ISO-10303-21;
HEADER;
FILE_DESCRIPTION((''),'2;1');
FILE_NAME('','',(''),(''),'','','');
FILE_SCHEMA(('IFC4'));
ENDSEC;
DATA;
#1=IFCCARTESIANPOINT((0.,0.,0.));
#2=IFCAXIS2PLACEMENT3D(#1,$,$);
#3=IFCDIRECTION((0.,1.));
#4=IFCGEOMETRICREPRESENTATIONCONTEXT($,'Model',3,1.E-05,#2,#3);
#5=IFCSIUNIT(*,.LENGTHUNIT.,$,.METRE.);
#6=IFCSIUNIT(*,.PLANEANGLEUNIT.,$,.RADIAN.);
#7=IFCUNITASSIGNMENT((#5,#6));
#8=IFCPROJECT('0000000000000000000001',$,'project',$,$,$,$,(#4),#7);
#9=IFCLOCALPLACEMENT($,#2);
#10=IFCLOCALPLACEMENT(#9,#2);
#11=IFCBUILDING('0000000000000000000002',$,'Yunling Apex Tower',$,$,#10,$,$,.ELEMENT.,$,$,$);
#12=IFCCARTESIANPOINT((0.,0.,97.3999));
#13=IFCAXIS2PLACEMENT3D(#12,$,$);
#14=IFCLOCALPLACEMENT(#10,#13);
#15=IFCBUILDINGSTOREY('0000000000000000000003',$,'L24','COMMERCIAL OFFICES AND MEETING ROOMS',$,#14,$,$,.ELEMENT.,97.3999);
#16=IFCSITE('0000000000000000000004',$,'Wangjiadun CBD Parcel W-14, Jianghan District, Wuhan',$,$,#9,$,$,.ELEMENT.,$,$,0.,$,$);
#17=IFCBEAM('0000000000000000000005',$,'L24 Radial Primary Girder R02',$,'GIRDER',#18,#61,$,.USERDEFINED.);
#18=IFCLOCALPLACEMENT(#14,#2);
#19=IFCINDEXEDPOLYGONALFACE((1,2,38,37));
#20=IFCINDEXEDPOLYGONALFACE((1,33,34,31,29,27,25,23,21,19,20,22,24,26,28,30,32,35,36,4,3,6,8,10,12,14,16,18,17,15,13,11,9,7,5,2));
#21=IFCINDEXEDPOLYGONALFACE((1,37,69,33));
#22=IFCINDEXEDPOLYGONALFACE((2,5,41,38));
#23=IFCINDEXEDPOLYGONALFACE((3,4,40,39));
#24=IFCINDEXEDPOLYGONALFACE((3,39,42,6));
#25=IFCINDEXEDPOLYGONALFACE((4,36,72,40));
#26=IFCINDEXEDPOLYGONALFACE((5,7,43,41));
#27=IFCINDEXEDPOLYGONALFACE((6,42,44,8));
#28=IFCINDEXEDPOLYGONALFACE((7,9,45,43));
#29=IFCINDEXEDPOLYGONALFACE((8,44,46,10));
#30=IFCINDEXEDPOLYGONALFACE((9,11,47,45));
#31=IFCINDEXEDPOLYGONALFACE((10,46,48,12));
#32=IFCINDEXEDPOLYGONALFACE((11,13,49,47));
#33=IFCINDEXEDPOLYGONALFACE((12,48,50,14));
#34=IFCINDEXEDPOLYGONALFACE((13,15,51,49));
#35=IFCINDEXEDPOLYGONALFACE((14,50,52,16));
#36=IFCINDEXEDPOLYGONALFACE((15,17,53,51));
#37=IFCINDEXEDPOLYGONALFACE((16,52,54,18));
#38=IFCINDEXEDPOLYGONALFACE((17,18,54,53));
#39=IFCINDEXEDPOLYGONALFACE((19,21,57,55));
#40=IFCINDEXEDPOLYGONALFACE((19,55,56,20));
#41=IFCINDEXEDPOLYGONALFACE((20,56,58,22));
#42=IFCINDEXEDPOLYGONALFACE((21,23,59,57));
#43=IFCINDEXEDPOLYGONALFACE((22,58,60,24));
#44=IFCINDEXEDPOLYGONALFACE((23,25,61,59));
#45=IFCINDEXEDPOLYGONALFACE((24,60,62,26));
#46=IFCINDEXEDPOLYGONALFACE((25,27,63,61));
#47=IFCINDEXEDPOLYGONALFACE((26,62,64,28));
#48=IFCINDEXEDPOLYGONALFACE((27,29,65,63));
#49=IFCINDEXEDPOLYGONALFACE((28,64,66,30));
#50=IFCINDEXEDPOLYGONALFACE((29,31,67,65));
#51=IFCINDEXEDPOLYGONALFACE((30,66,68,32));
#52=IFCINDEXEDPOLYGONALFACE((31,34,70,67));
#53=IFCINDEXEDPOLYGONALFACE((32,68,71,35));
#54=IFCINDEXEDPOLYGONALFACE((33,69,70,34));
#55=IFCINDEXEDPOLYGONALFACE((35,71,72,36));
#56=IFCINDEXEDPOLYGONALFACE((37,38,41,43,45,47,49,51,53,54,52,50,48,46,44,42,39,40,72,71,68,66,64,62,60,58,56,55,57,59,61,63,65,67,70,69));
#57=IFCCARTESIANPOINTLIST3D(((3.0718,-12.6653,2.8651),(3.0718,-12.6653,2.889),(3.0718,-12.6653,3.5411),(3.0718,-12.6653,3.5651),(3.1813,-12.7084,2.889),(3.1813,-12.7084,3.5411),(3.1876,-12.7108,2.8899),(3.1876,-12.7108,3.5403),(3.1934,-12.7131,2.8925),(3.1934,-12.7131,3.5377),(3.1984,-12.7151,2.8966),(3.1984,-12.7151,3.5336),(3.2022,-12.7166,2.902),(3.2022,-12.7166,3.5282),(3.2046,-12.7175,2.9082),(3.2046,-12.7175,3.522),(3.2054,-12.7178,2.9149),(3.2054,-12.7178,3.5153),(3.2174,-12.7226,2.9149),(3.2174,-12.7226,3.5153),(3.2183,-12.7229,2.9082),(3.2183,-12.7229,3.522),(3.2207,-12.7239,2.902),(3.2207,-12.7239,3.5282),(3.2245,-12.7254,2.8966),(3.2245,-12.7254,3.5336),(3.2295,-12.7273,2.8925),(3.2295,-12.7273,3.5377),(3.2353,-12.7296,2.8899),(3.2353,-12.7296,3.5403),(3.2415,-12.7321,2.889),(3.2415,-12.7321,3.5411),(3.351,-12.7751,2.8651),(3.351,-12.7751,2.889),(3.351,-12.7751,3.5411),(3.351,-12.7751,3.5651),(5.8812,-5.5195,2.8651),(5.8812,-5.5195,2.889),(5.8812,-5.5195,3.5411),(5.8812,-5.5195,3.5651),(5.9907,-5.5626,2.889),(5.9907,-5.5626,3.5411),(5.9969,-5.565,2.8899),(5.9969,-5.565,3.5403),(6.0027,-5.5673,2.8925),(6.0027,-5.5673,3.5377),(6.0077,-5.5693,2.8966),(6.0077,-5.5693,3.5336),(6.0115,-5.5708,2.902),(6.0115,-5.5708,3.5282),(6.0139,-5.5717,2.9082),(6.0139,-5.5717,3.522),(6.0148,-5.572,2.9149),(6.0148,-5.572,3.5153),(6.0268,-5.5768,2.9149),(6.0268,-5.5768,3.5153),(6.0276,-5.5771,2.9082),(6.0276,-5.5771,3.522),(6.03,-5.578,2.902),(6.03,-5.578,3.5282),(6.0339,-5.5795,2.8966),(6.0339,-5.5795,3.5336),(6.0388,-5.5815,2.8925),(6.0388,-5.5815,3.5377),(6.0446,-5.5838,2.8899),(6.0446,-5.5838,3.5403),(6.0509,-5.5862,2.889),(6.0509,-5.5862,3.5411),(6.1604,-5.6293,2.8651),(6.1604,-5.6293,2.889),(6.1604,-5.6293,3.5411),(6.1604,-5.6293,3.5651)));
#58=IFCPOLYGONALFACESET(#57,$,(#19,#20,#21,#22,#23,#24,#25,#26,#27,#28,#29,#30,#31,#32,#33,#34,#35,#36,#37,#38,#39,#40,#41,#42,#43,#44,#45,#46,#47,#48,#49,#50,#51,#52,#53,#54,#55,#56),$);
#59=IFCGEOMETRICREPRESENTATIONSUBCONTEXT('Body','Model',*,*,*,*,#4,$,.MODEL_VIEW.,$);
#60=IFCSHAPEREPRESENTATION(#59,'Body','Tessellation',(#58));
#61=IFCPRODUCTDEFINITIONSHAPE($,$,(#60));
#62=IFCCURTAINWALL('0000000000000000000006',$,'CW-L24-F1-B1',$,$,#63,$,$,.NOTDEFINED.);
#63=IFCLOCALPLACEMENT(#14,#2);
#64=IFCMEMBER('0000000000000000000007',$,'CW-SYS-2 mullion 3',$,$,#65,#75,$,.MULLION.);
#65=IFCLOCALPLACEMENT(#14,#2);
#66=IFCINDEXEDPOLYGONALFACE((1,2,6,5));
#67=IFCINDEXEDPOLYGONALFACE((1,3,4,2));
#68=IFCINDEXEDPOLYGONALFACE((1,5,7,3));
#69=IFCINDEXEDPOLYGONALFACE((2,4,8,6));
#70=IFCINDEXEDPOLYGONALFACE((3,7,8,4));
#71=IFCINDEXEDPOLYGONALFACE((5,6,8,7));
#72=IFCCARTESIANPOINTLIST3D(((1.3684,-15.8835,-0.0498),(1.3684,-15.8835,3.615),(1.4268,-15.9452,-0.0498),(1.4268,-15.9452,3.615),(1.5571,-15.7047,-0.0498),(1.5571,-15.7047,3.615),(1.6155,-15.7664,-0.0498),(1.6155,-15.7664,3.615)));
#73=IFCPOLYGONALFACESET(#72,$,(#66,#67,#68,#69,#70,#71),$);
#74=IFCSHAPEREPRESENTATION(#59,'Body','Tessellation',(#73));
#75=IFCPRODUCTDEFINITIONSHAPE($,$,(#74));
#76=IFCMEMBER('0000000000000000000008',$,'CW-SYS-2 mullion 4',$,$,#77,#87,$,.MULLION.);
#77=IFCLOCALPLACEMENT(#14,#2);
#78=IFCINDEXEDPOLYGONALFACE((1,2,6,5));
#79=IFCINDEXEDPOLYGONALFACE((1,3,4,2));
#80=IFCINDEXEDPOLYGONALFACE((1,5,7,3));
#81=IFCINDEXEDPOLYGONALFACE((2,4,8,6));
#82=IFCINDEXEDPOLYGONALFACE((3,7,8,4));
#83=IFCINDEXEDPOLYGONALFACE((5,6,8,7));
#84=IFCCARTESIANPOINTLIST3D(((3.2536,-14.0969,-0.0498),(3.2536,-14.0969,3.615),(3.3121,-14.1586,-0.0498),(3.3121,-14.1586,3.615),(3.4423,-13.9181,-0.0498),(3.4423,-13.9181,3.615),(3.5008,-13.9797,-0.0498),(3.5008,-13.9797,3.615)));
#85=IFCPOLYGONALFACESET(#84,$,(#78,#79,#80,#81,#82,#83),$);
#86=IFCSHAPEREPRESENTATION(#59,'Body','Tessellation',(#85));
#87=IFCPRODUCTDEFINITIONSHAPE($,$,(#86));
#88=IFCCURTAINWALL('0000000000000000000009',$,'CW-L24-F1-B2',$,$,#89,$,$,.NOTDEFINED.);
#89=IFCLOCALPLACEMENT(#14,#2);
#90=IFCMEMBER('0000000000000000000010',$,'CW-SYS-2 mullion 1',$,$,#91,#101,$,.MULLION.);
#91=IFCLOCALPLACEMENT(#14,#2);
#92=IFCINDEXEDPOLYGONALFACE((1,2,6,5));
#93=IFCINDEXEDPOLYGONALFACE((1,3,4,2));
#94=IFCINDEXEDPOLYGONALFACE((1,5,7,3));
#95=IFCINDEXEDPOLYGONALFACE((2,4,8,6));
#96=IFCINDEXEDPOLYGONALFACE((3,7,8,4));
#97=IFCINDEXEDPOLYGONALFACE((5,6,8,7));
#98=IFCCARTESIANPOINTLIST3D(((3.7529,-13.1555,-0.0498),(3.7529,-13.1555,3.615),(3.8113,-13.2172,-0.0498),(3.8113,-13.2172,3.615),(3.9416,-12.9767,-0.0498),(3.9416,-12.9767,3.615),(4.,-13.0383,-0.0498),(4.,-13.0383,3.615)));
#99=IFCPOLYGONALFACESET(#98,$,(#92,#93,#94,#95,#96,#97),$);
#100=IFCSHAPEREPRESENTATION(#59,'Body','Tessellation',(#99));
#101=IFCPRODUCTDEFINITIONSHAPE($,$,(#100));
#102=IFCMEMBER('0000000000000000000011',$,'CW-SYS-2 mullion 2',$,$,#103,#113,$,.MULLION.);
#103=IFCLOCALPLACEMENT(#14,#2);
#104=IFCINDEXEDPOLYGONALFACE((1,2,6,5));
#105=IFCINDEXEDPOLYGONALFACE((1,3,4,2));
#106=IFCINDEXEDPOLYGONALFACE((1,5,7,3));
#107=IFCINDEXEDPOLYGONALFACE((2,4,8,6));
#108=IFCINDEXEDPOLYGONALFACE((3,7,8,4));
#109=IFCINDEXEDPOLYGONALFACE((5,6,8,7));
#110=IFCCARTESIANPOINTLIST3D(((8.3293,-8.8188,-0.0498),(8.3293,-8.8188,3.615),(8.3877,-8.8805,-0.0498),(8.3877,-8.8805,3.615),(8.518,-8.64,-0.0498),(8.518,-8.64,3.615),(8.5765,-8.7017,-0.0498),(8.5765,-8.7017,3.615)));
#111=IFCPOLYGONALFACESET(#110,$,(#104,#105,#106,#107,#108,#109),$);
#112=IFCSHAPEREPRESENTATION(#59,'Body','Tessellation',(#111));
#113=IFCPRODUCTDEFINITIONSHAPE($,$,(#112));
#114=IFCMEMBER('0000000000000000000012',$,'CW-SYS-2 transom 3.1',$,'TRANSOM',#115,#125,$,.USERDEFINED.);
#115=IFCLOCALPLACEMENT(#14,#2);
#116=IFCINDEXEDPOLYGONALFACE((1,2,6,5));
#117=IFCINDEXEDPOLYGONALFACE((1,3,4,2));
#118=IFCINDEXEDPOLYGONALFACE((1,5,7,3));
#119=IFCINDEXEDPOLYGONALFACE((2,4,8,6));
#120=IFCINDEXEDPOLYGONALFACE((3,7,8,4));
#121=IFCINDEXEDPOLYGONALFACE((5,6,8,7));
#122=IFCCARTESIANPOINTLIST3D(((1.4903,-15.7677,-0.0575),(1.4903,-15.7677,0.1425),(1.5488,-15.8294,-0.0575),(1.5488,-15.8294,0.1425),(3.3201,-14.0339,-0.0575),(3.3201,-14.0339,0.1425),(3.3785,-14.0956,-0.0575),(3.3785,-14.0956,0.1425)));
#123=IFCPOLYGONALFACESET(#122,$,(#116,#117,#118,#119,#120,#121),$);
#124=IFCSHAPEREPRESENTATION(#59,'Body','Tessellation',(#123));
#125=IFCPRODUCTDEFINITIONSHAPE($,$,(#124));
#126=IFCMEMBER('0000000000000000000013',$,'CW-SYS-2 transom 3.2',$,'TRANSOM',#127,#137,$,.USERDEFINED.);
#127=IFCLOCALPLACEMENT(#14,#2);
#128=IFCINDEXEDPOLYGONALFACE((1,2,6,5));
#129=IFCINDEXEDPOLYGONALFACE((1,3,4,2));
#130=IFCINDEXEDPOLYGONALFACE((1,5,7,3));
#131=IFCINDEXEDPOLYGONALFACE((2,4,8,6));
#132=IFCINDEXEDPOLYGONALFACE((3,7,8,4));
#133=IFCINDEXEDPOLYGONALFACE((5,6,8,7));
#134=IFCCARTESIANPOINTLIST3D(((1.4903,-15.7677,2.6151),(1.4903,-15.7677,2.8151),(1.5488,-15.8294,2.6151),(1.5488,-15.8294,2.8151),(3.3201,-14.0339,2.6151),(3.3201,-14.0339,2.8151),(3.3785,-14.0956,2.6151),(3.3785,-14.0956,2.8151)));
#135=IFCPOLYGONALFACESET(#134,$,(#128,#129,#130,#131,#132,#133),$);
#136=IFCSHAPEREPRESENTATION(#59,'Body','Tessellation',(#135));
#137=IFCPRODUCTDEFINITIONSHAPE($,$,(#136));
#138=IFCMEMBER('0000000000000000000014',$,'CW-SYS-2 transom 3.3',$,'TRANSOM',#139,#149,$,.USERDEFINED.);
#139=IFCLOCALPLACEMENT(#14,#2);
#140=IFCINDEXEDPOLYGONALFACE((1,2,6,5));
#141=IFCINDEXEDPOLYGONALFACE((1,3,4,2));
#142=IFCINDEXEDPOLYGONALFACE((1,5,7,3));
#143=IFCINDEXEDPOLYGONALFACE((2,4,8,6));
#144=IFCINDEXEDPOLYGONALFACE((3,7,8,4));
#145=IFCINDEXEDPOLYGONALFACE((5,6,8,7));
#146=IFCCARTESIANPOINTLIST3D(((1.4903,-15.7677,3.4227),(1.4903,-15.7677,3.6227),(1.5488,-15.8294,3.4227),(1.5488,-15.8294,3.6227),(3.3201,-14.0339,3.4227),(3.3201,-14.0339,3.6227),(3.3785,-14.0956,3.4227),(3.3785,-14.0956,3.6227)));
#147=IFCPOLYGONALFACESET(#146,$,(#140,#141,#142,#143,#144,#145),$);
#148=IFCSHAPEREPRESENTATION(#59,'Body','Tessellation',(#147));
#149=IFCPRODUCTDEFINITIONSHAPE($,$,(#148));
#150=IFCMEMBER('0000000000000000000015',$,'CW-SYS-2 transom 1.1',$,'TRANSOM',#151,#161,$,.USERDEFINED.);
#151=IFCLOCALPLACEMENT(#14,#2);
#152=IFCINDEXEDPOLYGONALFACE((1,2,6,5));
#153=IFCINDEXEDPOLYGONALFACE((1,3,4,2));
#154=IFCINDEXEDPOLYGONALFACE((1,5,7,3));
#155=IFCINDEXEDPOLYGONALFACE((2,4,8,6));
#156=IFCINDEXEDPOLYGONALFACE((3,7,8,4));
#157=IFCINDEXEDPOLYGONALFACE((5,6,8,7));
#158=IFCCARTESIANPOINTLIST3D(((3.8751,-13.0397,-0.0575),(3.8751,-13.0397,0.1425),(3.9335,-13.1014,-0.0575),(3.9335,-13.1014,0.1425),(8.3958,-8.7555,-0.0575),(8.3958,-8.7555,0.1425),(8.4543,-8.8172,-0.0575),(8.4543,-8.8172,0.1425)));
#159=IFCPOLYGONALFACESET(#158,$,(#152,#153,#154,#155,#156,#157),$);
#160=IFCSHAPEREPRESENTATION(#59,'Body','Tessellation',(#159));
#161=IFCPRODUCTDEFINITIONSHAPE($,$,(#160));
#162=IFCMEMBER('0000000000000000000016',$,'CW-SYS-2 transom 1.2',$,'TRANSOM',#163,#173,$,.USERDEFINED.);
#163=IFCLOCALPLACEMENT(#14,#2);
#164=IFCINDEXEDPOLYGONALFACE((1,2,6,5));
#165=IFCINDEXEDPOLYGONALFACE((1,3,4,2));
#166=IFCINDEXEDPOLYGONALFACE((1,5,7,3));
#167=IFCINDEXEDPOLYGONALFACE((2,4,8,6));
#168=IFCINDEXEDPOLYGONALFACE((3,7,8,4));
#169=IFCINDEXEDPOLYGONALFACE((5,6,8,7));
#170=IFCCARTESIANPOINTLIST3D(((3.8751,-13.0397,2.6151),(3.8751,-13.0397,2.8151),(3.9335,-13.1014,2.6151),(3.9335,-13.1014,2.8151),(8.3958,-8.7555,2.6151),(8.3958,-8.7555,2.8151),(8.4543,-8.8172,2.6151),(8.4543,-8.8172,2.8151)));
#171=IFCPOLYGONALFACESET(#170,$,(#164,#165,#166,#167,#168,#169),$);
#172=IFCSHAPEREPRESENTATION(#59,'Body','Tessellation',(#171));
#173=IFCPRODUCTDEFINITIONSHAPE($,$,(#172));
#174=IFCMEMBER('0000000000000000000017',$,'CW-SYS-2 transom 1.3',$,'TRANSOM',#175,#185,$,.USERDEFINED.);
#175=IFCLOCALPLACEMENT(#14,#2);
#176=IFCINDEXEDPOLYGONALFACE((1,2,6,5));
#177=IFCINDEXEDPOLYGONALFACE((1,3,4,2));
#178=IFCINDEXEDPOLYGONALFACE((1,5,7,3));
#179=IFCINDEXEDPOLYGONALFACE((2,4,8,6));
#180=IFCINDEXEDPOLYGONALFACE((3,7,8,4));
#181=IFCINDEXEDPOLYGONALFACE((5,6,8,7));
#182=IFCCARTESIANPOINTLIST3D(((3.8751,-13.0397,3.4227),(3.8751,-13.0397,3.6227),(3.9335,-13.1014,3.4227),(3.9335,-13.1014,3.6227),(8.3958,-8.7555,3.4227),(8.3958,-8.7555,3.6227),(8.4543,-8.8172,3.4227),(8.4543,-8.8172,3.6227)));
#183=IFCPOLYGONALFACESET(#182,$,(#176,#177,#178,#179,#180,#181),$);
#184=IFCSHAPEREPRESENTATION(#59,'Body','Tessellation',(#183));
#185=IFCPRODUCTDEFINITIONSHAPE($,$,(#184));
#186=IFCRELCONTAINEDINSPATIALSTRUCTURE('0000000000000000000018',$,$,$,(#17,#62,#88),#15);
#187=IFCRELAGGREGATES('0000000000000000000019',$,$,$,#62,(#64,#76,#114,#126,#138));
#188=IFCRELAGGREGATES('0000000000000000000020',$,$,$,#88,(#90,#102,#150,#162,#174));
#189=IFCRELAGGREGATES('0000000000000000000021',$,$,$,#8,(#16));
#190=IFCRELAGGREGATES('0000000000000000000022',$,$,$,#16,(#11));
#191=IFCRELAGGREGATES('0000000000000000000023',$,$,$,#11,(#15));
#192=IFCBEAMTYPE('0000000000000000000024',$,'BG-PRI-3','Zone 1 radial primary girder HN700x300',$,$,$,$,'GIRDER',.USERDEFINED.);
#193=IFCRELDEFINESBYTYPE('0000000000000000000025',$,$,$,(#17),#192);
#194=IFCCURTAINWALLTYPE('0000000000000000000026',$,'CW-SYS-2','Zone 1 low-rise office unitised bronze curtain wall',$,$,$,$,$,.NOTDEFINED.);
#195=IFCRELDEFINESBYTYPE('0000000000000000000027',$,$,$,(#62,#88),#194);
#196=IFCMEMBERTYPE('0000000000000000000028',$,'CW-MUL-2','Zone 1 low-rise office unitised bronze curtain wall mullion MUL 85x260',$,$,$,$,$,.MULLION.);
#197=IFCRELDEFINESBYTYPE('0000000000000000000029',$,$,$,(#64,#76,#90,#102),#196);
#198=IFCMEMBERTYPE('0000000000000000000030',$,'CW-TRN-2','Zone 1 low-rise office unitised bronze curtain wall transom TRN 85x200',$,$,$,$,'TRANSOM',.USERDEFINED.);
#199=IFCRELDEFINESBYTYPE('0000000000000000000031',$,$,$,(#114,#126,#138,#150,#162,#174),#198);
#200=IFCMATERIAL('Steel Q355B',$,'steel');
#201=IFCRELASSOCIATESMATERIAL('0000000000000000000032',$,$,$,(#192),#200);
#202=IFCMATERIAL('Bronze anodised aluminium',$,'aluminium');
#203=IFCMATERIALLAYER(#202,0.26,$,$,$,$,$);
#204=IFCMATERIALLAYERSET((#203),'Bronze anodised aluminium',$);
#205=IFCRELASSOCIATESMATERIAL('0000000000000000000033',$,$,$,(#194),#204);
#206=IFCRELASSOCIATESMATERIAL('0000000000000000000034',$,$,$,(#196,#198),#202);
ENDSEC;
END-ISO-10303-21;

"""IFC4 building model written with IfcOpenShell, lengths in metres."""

from ifc_helpers import new_model, si_unit, direction, frame, origin, origin_2d, place, context, subcontext, project, spatial, rectangle, i_section, extrude, source, transform, mapped, material, layer, layer_set, material_profile, profile_set, type_object, element, aggregate, save


model = new_model("IFC4")

# Units and contexts
model_context = context("Model", 3, precision=1e-05, world=origin(), true_north=direction((0.0, 1.0)))
body_context = subcontext(model_context, "Body", "Model", "MODEL_VIEW")
ifc_project = project(units=[si_unit("LENGTHUNIT", "METRE"), si_unit("PLANEANGLEUNIT", "RADIAN")], contexts=[model_context])

# Site, building, storey
site_placement = place(None, origin())
site = spatial("IfcSite", under=ifc_project, at=site_placement, Name="Wangjiadun CBD Parcel W-14, Jianghan District, Wuhan", CompositionType="ELEMENT", RefElevation=0.0)
building_placement = place(site_placement, origin())
building = spatial("IfcBuilding", under=site, at=building_placement, Name="Yunling Apex Tower", CompositionType="ELEMENT")
storey_placement = place(building_placement, frame((0.0, 0.0, 97.3999)))
storey = spatial("IfcBuildingStorey", under=building, at=storey_placement, Name="L24", Description="COMMERCIAL OFFICES AND MEETING ROOMS", CompositionType="ELEMENT", Elevation=97.3999)

# Beam
ifc_material_1 = material(Name="Steel Q355B", Category="steel")
ifc_material_profile_1 = material_profile(ifc_material_1, i_section(OverallWidth=0.3, OverallDepth=0.7, WebThickness=0.0129, FlangeThickness=0.0239, FilletRadius=0.0259, at=origin_2d()))
ifc_profile_set_1 = profile_set([ifc_material_profile_1], Name="Steel Q355B")
beam_type_1 = type_object("IfcBeamType", Name="BG-PRI-3", Description="Zone 1 radial primary girder HN700x300", ElementType="GIRDER", PredefinedType="USERDEFINED", material=ifc_profile_set_1)
shared_shape_1 = source(origin(), body_context, "Body", "SweptSolid", [
    extrude(i_section(OverallWidth=0.3, OverallDepth=0.7, WebThickness=0.0129, FlangeThickness=0.0239, FilletRadius=0.0259, at=origin_2d()), origin(), (0.0, 0.0, 1.0), 7.6782),
])
beam_1_placement = place(storey_placement, frame((3.2114, -12.7202, 3.2151), z_axis=(0.365886, 0.93066, 0.0), x_axis=(-0.93066, 0.365886, 0.0)))
element("IfcBeam", 1, at=beam_1_placement, inside=storey, type_object=beam_type_1, Name="L24 Radial Primary Girder R02", ObjectType="GIRDER", PredefinedType="USERDEFINED", context=body_context, shape_type="MappedRepresentation", body=[
    mapped(shared_shape_1, transform((0.0, 0.0, 0.0), scale=1.0)),
])

# Curtain walls, members
ifc_material_2 = material(Name="Bronze anodised aluminium", Category="aluminium")
ifc_layer_1 = layer(ifc_material_2, 0.26)
ifc_layer_set_1 = layer_set([ifc_layer_1], Name="Bronze anodised aluminium")
curtain_wall_type = type_object("IfcCurtainWallType", Name="CW-SYS-2", Description="Zone 1 low-rise office unitised bronze curtain wall", PredefinedType="NOTDEFINED", material=ifc_layer_set_1)
curtain_wall_1_placement = place(storey_placement, origin())
curtain_wall_1 = element("IfcCurtainWall", 2, at=curtain_wall_1_placement, inside=storey, type_object=curtain_wall_type, Name="CW-L24-F1-B1", PredefinedType="NOTDEFINED")
ifc_material_profile_2 = material_profile(ifc_material_2, rectangle(XDim=0.085, YDim=0.26, at=origin_2d()))
ifc_profile_set_2 = profile_set([ifc_material_profile_2], Name="Bronze anodised aluminium")
member_type_1 = type_object("IfcMemberType", Name="CW-MUL-2", Description="Zone 1 low-rise office unitised bronze curtain wall mullion MUL 85x260", PredefinedType="MULLION", material=ifc_profile_set_2)
shared_shape_2 = source(origin(), body_context, "Body", "SweptSolid", [
    extrude(rectangle(XDim=0.085, YDim=0.26, at=origin_2d()), origin(), (0.0, 0.0, 1.0), 3.6648),
])
member_1_placement = place(storey_placement, frame((1.4919, -15.825, -0.0498), z_axis=(0.0, 0.0, 1.0), x_axis=(-0.687861, 0.725842, 0.0)))
member_1 = element("IfcMember", 3, at=member_1_placement, type_object=member_type_1, Name="CW-SYS-2 mullion 3", PredefinedType="MULLION", context=body_context, shape_type="MappedRepresentation", body=[
    mapped(shared_shape_2, transform((0.0, 0.0, 0.0), scale=1.0)),
])
member_2_placement = place(storey_placement, frame((3.3772, -14.0383, -0.0498), z_axis=(0.0, 0.0, 1.0), x_axis=(-0.687861, 0.725842, 0.0)))
member_2 = element("IfcMember", 4, at=member_2_placement, type_object=member_type_1, Name="CW-SYS-2 mullion 4", PredefinedType="MULLION", context=body_context, shape_type="MappedRepresentation", body=[
    mapped(shared_shape_2, transform((0.0, 0.0, 0.0), scale=1.0)),
])
curtain_wall_2_placement = place(storey_placement, origin())
curtain_wall_2 = element("IfcCurtainWall", 5, at=curtain_wall_2_placement, inside=storey, type_object=curtain_wall_type, Name="CW-L24-F1-B2", PredefinedType="NOTDEFINED")
member_3_placement = place(storey_placement, frame((3.8765, -13.0969, -0.0498), z_axis=(0.0, 0.0, 1.0), x_axis=(-0.687844, 0.725858, 0.0)))
member_3 = element("IfcMember", 6, at=member_3_placement, type_object=member_type_1, Name="CW-SYS-2 mullion 1", PredefinedType="MULLION", context=body_context, shape_type="MappedRepresentation", body=[
    mapped(shared_shape_2, transform((0.0, 0.0, 0.0), scale=1.0)),
])
member_4_placement = place(storey_placement, frame((8.4529, -8.7603, -0.0498), z_axis=(0.0, 0.0, 1.0), x_axis=(-0.687844, 0.725858, 0.0)))
member_4 = element("IfcMember", 7, at=member_4_placement, type_object=member_type_1, Name="CW-SYS-2 mullion 2", PredefinedType="MULLION", context=body_context, shape_type="MappedRepresentation", body=[
    mapped(shared_shape_2, transform((0.0, 0.0, 0.0), scale=1.0)),
])

# Members
ifc_material_profile_3 = material_profile(ifc_material_2, rectangle(XDim=0.085, YDim=0.2, at=origin_2d()))
ifc_profile_set_3 = profile_set([ifc_material_profile_3], Name="Bronze anodised aluminium")
member_type_2 = type_object("IfcMemberType", Name="CW-TRN-2", Description="Zone 1 low-rise office unitised bronze curtain wall transom TRN 85x200", ElementType="TRANSOM", PredefinedType="USERDEFINED", material=ifc_profile_set_3)
shared_shape_3 = source(origin(), body_context, "Body", "SweptSolid", [
    extrude(rectangle(XDim=0.085, YDim=0.2, at=origin_2d()), origin(), (0.0, 0.0, 1.0), 2.5208),
])
member_5_placement = place(storey_placement, frame((1.5195, -15.7986, 0.0425), z_axis=(0.725881, 0.68782, 0.0), x_axis=(-0.68782, 0.725881, 0.0)))
member_5 = element("IfcMember", 8, at=member_5_placement, type_object=member_type_2, Name="CW-SYS-2 transom 3.1", ObjectType="TRANSOM", PredefinedType="USERDEFINED", context=body_context, shape_type="MappedRepresentation", body=[
    mapped(shared_shape_3, transform((0.0, 0.0, 0.0), scale=1.0)),
])
member_6_placement = place(storey_placement, frame((1.5195, -15.7986, 2.7151), z_axis=(0.725881, 0.68782, 0.0), x_axis=(-0.68782, 0.725881, 0.0)))
member_6 = element("IfcMember", 9, at=member_6_placement, type_object=member_type_2, Name="CW-SYS-2 transom 3.2", ObjectType="TRANSOM", PredefinedType="USERDEFINED", context=body_context, shape_type="MappedRepresentation", body=[
    mapped(shared_shape_3, transform((0.0, 0.0, 0.0), scale=1.0)),
])
member_7_placement = place(storey_placement, frame((1.5195, -15.7986, 3.5227), z_axis=(0.725881, 0.68782, 0.0), x_axis=(-0.68782, 0.725881, 0.0)))
member_7 = element("IfcMember", 10, at=member_7_placement, type_object=member_type_2, Name="CW-SYS-2 transom 3.3", ObjectType="TRANSOM", PredefinedType="USERDEFINED", context=body_context, shape_type="MappedRepresentation", body=[
    mapped(shared_shape_3, transform((0.0, 0.0, 0.0), scale=1.0)),
])
shared_shape_4 = source(origin(), body_context, "Body", "SweptSolid", [
    extrude(rectangle(XDim=0.085, YDim=0.2, at=origin_2d()), origin(), (0.0, 0.0, 1.0), 6.2283),
])
member_8_placement = place(storey_placement, frame((3.9043, -13.0706, 0.0425), z_axis=(0.725843, 0.68786, 0.0), x_axis=(-0.68786, 0.725843, 0.0)))
member_8 = element("IfcMember", 11, at=member_8_placement, type_object=member_type_2, Name="CW-SYS-2 transom 1.1", ObjectType="TRANSOM", PredefinedType="USERDEFINED", context=body_context, shape_type="MappedRepresentation", body=[
    mapped(shared_shape_4, transform((0.0, 0.0, 0.0), scale=1.0)),
])
member_9_placement = place(storey_placement, frame((3.9043, -13.0706, 2.7151), z_axis=(0.725843, 0.68786, 0.0), x_axis=(-0.68786, 0.725843, 0.0)))
member_9 = element("IfcMember", 12, at=member_9_placement, type_object=member_type_2, Name="CW-SYS-2 transom 1.2", ObjectType="TRANSOM", PredefinedType="USERDEFINED", context=body_context, shape_type="MappedRepresentation", body=[
    mapped(shared_shape_4, transform((0.0, 0.0, 0.0), scale=1.0)),
])
member_10_placement = place(storey_placement, frame((3.9043, -13.0706, 3.5227), z_axis=(0.725843, 0.68786, 0.0), x_axis=(-0.68786, 0.725843, 0.0)))
member_10 = element("IfcMember", 13, at=member_10_placement, type_object=member_type_2, Name="CW-SYS-2 transom 1.3", ObjectType="TRANSOM", PredefinedType="USERDEFINED", context=body_context, shape_type="MappedRepresentation", body=[
    mapped(shared_shape_4, transform((0.0, 0.0, 0.0), scale=1.0)),
])

aggregate(curtain_wall_1, [member_1, member_2, member_5, member_6, member_7])
aggregate(curtain_wall_2, [member_3, member_4, member_8, member_9, member_10])

save(model, "model.ifc")
